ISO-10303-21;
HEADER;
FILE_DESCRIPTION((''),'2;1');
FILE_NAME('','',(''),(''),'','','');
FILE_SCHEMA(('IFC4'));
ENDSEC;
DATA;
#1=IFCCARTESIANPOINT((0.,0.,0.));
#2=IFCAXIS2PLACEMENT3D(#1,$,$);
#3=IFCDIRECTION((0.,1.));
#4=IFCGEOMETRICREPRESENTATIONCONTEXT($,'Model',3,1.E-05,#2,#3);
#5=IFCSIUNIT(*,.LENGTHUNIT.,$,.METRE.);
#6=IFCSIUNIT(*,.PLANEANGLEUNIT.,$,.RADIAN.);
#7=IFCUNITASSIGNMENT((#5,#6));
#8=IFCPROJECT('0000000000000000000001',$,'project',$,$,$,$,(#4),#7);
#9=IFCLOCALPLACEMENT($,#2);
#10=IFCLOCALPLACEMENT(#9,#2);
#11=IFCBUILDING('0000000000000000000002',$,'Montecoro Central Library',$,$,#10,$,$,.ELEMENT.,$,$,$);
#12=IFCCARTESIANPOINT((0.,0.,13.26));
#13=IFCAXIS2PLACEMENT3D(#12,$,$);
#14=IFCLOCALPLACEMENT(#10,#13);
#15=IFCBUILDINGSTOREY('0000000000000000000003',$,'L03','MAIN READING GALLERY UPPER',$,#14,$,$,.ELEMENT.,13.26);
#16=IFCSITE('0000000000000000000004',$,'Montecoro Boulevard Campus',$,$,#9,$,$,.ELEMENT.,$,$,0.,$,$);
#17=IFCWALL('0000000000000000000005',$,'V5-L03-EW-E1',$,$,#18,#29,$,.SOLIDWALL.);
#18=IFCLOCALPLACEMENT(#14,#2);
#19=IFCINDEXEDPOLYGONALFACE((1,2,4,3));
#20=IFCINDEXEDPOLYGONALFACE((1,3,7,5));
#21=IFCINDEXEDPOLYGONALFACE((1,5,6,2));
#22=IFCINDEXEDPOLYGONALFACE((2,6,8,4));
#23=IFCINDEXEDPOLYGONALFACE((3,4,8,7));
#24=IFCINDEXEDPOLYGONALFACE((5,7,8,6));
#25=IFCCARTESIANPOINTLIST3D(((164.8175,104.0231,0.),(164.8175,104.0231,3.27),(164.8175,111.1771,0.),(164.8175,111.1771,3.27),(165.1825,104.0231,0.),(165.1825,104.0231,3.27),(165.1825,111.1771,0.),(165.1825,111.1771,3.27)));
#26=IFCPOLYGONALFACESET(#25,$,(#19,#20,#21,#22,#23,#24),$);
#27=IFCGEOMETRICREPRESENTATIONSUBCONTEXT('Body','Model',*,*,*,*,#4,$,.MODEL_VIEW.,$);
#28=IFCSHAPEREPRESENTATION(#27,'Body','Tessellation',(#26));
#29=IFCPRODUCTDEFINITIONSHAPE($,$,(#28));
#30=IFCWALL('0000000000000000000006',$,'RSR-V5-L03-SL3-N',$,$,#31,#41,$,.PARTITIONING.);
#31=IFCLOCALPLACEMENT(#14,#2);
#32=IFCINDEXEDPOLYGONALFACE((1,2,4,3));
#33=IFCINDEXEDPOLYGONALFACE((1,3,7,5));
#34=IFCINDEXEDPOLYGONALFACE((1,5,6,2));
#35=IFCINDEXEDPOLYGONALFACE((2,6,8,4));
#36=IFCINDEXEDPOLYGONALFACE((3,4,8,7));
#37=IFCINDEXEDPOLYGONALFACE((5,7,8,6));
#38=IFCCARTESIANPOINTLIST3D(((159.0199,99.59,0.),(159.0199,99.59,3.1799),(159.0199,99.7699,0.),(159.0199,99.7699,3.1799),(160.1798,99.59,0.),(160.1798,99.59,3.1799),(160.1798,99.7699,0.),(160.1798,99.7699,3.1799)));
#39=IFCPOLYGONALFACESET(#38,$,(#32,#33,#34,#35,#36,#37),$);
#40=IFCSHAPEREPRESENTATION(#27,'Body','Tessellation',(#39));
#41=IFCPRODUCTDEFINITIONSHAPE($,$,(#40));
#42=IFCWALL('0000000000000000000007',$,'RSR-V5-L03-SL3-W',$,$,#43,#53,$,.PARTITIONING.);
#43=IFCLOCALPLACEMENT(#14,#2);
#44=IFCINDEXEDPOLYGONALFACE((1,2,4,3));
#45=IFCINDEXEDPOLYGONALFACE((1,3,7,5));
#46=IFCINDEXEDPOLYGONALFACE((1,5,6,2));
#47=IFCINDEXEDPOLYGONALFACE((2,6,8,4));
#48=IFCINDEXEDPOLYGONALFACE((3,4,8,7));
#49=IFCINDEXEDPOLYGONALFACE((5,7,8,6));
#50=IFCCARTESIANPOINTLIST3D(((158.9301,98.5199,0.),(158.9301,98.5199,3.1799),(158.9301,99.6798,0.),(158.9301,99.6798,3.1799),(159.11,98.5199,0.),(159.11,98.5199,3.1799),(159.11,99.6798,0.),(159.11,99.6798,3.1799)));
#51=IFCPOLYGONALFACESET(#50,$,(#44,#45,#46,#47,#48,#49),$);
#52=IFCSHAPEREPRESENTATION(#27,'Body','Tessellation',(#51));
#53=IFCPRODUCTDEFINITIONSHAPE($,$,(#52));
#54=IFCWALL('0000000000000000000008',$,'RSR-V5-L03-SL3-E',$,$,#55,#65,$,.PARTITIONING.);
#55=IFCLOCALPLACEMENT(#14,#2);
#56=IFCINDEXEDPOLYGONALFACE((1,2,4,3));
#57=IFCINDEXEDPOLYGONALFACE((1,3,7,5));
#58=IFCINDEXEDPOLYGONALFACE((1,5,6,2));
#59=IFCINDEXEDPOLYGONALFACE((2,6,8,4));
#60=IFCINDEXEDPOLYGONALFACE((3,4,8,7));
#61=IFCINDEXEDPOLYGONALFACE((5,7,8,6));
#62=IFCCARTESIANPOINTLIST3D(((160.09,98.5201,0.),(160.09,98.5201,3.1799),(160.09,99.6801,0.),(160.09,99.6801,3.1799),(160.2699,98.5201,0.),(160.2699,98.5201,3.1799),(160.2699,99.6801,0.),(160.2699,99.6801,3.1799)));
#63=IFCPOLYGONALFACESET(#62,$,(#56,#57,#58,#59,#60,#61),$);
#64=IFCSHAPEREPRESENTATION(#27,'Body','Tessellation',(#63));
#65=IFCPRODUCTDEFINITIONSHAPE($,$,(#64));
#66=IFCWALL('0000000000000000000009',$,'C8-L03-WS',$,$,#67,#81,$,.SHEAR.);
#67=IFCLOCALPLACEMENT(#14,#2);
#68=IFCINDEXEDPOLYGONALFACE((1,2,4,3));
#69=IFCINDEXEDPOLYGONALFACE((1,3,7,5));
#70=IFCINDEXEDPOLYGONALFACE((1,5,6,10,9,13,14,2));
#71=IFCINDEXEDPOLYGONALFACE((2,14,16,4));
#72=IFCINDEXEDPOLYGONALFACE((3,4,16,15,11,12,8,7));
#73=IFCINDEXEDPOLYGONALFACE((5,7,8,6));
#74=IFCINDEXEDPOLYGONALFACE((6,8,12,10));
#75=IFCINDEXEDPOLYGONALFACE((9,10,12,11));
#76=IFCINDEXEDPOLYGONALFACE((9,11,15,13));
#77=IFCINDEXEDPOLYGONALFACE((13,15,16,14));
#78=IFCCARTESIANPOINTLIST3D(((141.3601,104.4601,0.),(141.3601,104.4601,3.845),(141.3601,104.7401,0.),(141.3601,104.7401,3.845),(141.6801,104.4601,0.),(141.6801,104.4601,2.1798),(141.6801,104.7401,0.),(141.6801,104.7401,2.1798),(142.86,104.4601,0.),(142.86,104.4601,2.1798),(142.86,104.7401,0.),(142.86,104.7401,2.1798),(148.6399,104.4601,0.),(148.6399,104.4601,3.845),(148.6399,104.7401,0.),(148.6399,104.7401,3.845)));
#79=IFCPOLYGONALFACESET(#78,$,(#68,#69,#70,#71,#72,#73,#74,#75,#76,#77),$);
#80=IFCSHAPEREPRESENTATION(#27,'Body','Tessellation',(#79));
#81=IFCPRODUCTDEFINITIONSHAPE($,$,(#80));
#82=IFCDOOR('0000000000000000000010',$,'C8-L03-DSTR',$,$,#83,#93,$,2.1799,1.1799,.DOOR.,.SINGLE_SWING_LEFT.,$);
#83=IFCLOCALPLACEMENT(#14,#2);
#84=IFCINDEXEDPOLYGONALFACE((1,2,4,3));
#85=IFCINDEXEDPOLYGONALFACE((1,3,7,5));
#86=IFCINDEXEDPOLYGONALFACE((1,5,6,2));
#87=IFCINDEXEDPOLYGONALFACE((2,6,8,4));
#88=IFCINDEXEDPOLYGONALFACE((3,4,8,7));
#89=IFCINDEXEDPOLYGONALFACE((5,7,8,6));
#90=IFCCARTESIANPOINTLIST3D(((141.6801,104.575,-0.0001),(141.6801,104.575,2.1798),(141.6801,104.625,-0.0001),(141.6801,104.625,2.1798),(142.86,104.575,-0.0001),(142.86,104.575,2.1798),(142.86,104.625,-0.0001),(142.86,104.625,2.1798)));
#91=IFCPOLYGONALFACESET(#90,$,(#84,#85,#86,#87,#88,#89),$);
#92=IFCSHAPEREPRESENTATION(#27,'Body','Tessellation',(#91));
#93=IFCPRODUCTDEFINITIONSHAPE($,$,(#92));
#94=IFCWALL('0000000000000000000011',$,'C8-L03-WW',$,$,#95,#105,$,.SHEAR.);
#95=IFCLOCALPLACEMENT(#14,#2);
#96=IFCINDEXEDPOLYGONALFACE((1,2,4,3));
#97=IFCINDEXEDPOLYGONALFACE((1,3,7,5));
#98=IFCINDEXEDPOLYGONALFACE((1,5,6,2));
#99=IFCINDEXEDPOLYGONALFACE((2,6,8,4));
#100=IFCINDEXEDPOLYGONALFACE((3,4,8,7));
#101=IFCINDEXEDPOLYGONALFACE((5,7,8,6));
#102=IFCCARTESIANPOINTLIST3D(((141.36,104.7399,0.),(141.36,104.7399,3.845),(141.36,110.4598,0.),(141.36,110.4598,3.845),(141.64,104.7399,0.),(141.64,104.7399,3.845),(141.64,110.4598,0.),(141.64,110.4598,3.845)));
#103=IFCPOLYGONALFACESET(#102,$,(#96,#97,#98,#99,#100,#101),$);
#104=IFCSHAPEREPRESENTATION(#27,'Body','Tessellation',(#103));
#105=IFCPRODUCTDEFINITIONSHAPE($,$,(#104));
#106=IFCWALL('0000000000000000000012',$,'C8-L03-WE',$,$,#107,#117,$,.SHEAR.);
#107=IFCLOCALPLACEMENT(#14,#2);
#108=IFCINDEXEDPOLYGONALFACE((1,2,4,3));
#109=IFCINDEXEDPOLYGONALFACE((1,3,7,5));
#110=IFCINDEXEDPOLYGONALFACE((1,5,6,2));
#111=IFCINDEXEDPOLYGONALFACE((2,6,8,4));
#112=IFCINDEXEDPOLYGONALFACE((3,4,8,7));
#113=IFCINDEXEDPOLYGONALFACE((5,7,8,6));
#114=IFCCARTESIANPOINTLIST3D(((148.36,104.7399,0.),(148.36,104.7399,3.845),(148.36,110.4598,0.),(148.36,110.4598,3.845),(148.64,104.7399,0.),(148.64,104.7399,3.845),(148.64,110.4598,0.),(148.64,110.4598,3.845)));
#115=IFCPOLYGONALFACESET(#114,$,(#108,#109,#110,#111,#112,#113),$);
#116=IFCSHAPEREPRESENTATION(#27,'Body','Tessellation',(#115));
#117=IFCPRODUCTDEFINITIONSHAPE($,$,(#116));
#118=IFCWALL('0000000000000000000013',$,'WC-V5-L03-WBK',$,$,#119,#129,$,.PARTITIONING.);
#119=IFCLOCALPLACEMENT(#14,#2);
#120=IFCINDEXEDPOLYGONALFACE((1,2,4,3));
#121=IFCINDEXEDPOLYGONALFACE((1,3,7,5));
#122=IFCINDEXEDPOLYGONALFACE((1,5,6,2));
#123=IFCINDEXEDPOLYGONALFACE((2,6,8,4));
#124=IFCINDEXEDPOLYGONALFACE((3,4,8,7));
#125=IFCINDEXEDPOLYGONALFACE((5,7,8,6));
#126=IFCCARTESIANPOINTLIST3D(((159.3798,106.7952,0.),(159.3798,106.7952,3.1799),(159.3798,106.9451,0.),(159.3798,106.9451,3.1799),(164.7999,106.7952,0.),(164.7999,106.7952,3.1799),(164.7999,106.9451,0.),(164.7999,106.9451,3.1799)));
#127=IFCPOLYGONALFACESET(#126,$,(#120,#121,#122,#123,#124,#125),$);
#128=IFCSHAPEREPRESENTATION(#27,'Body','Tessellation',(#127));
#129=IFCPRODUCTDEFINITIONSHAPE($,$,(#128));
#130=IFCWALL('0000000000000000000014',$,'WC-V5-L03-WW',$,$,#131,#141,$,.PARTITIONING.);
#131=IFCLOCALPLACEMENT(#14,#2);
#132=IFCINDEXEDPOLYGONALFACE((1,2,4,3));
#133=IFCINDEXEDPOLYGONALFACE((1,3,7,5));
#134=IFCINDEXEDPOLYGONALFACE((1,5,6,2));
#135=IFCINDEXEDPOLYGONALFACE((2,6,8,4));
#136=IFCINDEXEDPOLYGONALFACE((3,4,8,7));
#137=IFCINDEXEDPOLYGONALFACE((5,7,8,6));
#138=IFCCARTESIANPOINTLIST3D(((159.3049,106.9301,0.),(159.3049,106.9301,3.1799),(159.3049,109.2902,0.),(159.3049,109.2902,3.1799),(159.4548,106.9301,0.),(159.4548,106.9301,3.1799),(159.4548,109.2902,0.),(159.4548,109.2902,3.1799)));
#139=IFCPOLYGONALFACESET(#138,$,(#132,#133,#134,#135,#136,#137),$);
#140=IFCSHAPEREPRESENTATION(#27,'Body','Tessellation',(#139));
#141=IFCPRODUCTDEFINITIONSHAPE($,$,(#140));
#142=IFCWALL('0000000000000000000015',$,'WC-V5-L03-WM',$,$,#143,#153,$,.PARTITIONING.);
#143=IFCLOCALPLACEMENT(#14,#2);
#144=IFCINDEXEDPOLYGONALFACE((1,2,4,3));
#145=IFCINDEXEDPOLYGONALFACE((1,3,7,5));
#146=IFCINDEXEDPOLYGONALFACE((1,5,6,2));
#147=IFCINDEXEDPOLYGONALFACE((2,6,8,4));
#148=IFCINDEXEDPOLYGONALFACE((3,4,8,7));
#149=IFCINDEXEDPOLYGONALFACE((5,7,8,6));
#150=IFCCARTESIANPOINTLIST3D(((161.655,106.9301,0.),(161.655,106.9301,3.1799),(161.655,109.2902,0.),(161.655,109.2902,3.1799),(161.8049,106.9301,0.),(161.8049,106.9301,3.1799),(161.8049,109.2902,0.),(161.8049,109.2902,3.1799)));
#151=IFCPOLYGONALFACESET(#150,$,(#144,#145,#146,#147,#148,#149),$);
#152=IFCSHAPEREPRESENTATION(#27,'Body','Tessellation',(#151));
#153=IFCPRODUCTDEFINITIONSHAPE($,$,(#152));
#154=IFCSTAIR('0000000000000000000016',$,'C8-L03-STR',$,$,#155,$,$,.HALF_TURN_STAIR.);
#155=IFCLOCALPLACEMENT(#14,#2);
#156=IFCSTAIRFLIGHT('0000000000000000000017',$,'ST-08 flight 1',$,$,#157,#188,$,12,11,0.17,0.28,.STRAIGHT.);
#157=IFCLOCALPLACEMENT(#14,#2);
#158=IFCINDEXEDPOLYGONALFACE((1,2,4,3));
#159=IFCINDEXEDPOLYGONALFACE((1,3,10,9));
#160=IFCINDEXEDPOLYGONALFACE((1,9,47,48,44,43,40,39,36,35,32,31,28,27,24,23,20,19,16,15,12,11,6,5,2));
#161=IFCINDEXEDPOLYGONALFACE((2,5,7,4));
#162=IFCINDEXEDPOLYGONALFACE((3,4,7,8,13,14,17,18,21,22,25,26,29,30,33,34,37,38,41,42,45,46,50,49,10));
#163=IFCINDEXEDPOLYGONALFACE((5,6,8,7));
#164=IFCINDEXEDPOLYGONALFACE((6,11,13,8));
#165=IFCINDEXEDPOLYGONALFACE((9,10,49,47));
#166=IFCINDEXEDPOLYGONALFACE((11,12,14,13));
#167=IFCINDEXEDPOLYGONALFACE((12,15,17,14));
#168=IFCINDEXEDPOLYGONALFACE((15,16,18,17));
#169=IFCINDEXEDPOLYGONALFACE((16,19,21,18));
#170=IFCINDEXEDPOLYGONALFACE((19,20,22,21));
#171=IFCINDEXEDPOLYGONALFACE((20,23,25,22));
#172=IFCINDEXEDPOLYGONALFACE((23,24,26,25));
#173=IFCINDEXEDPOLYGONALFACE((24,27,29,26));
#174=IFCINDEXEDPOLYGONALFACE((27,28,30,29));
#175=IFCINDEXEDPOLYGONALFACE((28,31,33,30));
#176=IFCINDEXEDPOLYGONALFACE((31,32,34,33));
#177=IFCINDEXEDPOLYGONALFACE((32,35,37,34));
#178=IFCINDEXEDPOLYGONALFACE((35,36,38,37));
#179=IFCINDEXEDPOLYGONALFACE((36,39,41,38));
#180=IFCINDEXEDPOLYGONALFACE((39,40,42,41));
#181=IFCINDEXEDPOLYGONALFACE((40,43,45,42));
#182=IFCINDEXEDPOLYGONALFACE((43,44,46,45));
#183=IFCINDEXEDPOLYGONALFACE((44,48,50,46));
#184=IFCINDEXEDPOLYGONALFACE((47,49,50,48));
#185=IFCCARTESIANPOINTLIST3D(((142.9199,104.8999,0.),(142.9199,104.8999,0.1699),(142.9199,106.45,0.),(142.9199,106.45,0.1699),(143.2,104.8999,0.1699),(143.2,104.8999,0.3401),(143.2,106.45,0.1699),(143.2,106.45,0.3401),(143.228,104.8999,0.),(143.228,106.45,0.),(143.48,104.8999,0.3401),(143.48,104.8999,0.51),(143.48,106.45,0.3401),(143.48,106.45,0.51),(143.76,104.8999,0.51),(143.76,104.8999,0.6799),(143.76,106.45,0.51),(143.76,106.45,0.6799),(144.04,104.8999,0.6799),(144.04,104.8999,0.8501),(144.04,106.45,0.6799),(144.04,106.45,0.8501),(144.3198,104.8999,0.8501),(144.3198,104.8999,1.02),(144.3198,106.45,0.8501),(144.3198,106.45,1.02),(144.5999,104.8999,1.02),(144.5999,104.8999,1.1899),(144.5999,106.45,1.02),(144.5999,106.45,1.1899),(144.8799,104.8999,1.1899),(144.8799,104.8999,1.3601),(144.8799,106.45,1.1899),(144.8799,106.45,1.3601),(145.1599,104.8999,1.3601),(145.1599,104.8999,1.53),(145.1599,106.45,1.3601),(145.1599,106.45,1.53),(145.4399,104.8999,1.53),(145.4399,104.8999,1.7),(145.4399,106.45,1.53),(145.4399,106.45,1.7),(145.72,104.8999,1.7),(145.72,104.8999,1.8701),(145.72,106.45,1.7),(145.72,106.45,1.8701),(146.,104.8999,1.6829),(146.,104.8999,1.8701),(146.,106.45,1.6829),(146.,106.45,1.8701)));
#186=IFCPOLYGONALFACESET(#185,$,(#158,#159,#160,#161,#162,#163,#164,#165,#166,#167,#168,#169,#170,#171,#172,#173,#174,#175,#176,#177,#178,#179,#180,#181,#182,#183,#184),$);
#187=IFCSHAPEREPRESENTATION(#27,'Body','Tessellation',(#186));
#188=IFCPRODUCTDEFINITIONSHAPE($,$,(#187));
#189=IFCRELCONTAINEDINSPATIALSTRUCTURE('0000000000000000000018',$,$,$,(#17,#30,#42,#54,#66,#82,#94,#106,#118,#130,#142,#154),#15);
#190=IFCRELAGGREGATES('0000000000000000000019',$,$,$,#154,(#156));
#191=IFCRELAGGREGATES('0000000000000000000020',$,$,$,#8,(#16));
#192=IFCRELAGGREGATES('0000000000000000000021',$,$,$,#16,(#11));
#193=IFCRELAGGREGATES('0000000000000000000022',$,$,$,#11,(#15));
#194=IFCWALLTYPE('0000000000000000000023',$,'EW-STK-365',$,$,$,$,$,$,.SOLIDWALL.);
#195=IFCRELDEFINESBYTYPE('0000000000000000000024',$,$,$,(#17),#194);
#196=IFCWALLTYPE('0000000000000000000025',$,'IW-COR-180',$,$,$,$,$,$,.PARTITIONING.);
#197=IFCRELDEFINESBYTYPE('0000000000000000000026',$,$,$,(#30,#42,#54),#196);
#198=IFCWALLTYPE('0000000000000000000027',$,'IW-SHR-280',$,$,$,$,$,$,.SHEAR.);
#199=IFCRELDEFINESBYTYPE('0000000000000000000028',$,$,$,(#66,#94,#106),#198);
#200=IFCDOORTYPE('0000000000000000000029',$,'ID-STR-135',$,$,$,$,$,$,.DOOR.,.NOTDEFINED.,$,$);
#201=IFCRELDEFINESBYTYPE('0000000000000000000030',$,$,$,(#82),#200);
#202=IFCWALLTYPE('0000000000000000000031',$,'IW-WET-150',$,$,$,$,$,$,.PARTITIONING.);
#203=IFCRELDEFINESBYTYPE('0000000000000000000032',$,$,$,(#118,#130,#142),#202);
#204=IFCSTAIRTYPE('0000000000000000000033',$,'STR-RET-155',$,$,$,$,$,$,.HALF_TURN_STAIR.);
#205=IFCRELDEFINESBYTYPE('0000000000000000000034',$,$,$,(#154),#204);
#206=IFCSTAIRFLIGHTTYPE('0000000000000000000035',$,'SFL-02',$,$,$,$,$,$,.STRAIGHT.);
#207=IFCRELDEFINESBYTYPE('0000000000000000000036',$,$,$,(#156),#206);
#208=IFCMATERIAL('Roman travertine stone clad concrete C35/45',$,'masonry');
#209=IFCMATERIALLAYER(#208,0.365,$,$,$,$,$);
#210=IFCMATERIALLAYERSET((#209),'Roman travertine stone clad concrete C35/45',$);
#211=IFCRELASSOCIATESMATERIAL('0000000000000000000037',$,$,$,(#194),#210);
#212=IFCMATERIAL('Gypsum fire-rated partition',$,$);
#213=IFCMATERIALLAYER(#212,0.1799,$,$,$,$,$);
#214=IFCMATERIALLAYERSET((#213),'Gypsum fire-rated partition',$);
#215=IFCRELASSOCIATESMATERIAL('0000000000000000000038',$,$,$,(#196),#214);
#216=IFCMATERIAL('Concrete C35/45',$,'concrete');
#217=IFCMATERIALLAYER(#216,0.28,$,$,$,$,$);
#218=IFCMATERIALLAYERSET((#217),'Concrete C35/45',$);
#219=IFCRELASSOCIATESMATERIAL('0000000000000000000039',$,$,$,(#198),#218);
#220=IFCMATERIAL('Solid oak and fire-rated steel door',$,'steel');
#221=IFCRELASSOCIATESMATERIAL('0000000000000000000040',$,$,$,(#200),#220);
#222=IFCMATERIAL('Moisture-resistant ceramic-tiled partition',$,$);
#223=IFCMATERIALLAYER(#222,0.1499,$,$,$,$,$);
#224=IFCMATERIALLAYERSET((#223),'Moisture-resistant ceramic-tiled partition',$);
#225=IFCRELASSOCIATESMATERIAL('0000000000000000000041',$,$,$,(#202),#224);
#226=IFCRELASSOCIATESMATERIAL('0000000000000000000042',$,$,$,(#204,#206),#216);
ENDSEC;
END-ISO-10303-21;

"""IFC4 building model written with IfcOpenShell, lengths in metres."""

from ifc_helpers import new_model, si_unit, direction, frame, frame_2d, origin, place, context, subcontext, project, spatial, polyline, rectangle, outline, extrude, material, layer, layer_set, type_object, element, fill, aggregate, save


model = new_model("IFC4")

# Units and contexts
model_context = context("Model", 3, precision=1e-05, world=origin(), true_north=direction((0.0, 1.0)))
body_context = subcontext(model_context, "Body", "Model", "MODEL_VIEW")
ifc_project = project(units=[si_unit("LENGTHUNIT", "METRE"), si_unit("PLANEANGLEUNIT", "RADIAN")], contexts=[model_context])

# Site, building, storey
site_placement = place(None, origin())
site = spatial("IfcSite", under=ifc_project, at=site_placement, Name="Montecoro Boulevard Campus", CompositionType="ELEMENT", RefElevation=0.0)
building_placement = place(site_placement, origin())
building = spatial("IfcBuilding", under=site, at=building_placement, Name="Montecoro Central Library", CompositionType="ELEMENT")
storey_placement = place(building_placement, frame((0.0, 0.0, 13.26)))
storey = spatial("IfcBuildingStorey", under=building, at=storey_placement, Name="L03", Description="MAIN READING GALLERY UPPER", CompositionType="ELEMENT", Elevation=13.26)

# Shared definitions
ifc_material_1 = material(Name="Concrete C35/45", Category="concrete")

# Walls
ifc_material_2 = material(Name="Roman travertine stone clad concrete C35/45", Category="masonry")
ifc_layer_1 = layer(ifc_material_2, 0.365)
ifc_layer_set_1 = layer_set([ifc_layer_1], Name="Roman travertine stone clad concrete C35/45")
wall_type_1 = type_object("IfcWallType", Name="EW-STK-365", PredefinedType="SOLIDWALL", material=ifc_layer_set_1)
wall_1_placement = place(storey_placement, frame((165.0, 104.0229, 0.0), z_axis=(0.0, 0.0, 1.0), x_axis=(0.0, 1.0, 0.0)))
element("IfcWall", 1, at=wall_1_placement, inside=storey, type_object=wall_type_1, Name="V5-L03-EW-E1", PredefinedType="SOLIDWALL", context=body_context, shape_type="SweptSolid", body=[
    extrude(rectangle(XDim=7.1541, YDim=0.365, at=frame_2d((3.5771, 0.0))), origin(), (0.0, 0.0, 1.0), 3.27),
])
ifc_material_3 = material(Name="Gypsum fire-rated partition")
ifc_layer_2 = layer(ifc_material_3, 0.1799)
ifc_layer_set_2 = layer_set([ifc_layer_2], Name="Gypsum fire-rated partition")
wall_type_2 = type_object("IfcWallType", Name="IW-COR-180", PredefinedType="PARTITIONING", material=ifc_layer_set_2)
for number, where, z_axis, x_axis, name in (
    (2, (160.1799, 99.6799, 0.0), (0.0, 0.0, 1.0), (-1.0, 0.0, 0.0), "RSR-V5-L03-SL3-N"),
    (3, (159.02, 99.6799, 0.0), (0.0, 0.0, 1.0), (0.0, -1.0, 0.0), "RSR-V5-L03-SL3-W"),
    (4, (160.1799, 98.52, 0.0), (0.0, 0.0, 1.0), (0.0, 1.0, 0.0), "RSR-V5-L03-SL3-E"),
):
    element("IfcWall", number, at=place(storey_placement, frame(where, z_axis=z_axis, x_axis=x_axis)), inside=storey, type_object=wall_type_2, Name=name, PredefinedType="PARTITIONING", context=body_context, shape_type="SweptSolid", body=[
        extrude(rectangle(XDim=1.1599, YDim=0.1799, at=frame_2d((0.5801, 0.0))), origin(), (0.0, 0.0, 1.0), 3.1799),
    ])

# Wall, opening, door
ifc_layer_3 = layer(ifc_material_1, 0.28)
ifc_layer_set_3 = layer_set([ifc_layer_3], Name="Concrete C35/45")
wall_type_3 = type_object("IfcWallType", Name="IW-SHR-280", PredefinedType="SHEAR", material=ifc_layer_set_3)
wall_2_placement = place(storey_placement, frame((141.3601, 104.6001, 0.0), z_axis=(0.0, 0.0, 1.0), x_axis=(1.0, 0.0, 0.0)))
wall_2 = element("IfcWall", 5, at=wall_2_placement, inside=storey, type_object=wall_type_3, Name="C8-L03-WS", PredefinedType="SHEAR", context=body_context, shape_type="SweptSolid", body=[
    extrude(rectangle(XDim=7.2798, YDim=0.28, at=frame_2d((3.6399, 0.0))), origin(), (0.0, 0.0, 1.0), 3.845),
])
opening_placement = place(wall_2_placement, frame((0.3201, 0.0, 0.0)))
opening = element("IfcOpeningElement", 6, at=opening_placement, cuts=wall_2, PredefinedType="OPENING", context=body_context, shape_type="SweptSolid", body=[
    extrude(rectangle(XDim=1.1799, YDim=2.1799, at=frame_2d((0.5898, 1.0898))), frame((0.0, 0.1499, 0.0), z_axis=(0.0, -1.0, 0.0), x_axis=(1.0, 0.0, 0.0)), (0.0, 0.0, 1.0), 0.3),
])
ifc_material_4 = material(Name="Solid oak and fire-rated steel door", Category="steel")
door_type = type_object("IfcDoorType", Name="ID-STR-135", OperationType="NOTDEFINED", PredefinedType="DOOR", material=ifc_material_4)
door_placement = place(opening_placement, origin())
door = element("IfcDoor", 7, at=door_placement, inside=storey, type_object=door_type, Name="C8-L03-DSTR", OperationType="SINGLE_SWING_LEFT", OverallHeight=2.1799, OverallWidth=1.1799, PredefinedType="DOOR", context=body_context, shape_type="SweptSolid", body=[
    extrude(rectangle(XDim=1.1799, YDim=2.1799, at=frame_2d((0.5898, 1.0898))), frame((0.0, 0.0249, 0.0), z_axis=(0.0, -1.0, 0.0), x_axis=(1.0, 0.0, 0.0)), (0.0, 0.0, 1.0), 0.05),
])
fill(opening, door)

# Walls
for number, where, z_axis, x_axis, name in (
    (8, (141.5, 104.74, 0.0), (0.0, 0.0, 1.0), (0.0, 1.0, 0.0), "C8-L03-WW"),
    (9, (148.5, 104.74, 0.0), (0.0, 0.0, 1.0), (0.0, 1.0, 0.0), "C8-L03-WE"),
):
    element("IfcWall", number, at=place(storey_placement, frame(where, z_axis=z_axis, x_axis=x_axis)), inside=storey, type_object=wall_type_3, Name=name, PredefinedType="SHEAR", context=body_context, shape_type="SweptSolid", body=[
        extrude(rectangle(XDim=5.72, YDim=0.28, at=frame_2d((2.8599, 0.0))), origin(), (0.0, 0.0, 1.0), 3.845),
    ])
ifc_material_5 = material(Name="Moisture-resistant ceramic-tiled partition")
ifc_layer_4 = layer(ifc_material_5, 0.1499)
ifc_layer_set_4 = layer_set([ifc_layer_4], Name="Moisture-resistant ceramic-tiled partition")
wall_type_4 = type_object("IfcWallType", Name="IW-WET-150", PredefinedType="PARTITIONING", material=ifc_layer_set_4)
wall_3_placement = place(storey_placement, frame((159.3799, 106.8701, 0.0), z_axis=(0.0, 0.0, 1.0), x_axis=(1.0, 0.0, 0.0)))
element("IfcWall", 10, at=wall_3_placement, inside=storey, type_object=wall_type_4, Name="WC-V5-L03-WBK", PredefinedType="PARTITIONING", context=body_context, shape_type="SweptSolid", body=[
    extrude(rectangle(XDim=5.4202, YDim=0.1499, at=frame_2d((2.71, 0.0))), origin(), (0.0, 0.0, 1.0), 3.1799),
])
for number, where, z_axis, x_axis, name in (
    (11, (159.3799, 106.9299, 0.0), (0.0, 0.0, 1.0), (0.0, 1.0, 0.0), "WC-V5-L03-WW"),
    (12, (161.73, 106.9299, 0.0), (0.0, 0.0, 1.0), (0.0, 1.0, 0.0), "WC-V5-L03-WM"),
):
    element("IfcWall", number, at=place(storey_placement, frame(where, z_axis=z_axis, x_axis=x_axis)), inside=storey, type_object=wall_type_4, Name=name, PredefinedType="PARTITIONING", context=body_context, shape_type="SweptSolid", body=[
        extrude(rectangle(XDim=2.3601, YDim=0.1499, at=frame_2d((1.1802, 0.0))), origin(), (0.0, 0.0, 1.0), 3.1799),
    ])

# Stair, stair flight
stair_type = type_object("IfcStairType", Name="STR-RET-155", PredefinedType="HALF_TURN_STAIR", material=ifc_material_1)
stair_placement = place(storey_placement, origin())
stair = element("IfcStair", 13, at=stair_placement, inside=storey, type_object=stair_type, Name="C8-L03-STR", PredefinedType="HALF_TURN_STAIR")
stair_flight_type = type_object("IfcStairFlightType", Name="SFL-02", PredefinedType="STRAIGHT", material=ifc_material_1)
stair_flight_placement = place(storey_placement, frame((142.9199, 105.675, 0.0), z_axis=(0.0, 0.0, 1.0), x_axis=(1.0, 0.0, 0.0)))
stair_flight = element("IfcStairFlight", 14, at=stair_flight_placement, type_object=stair_flight_type, Name="ST-08 flight 1", NumberOfRisers=12, NumberOfTreads=11, PredefinedType="STRAIGHT", RiserHeight=0.17, TreadLength=0.28, context=body_context, shape_type="SweptSolid", body=[
    extrude(outline(polyline([(0.0, 0.0), (0.0, 0.1699), (0.28, 0.1699), (0.28, 0.3401), (0.5601, 0.3401), (0.5601, 0.51), (0.8401, 0.51), (0.8401, 0.6799), (1.1201, 0.6799), (1.1201, 0.8501), (1.3999, 0.8501), (1.3999, 1.02), (1.6799, 1.02), (1.6799, 1.1899), (1.96, 1.1899), (1.96, 1.3601), (2.24, 1.3601), (2.24, 1.53), (2.52, 1.53), (2.52, 1.7), (2.8, 1.7), (2.8, 1.8701), (3.0801, 1.8701), (3.0801, 2.04), (3.0801, 1.6829), (0.3081, 0.0), (0.0, 0.0)])), frame((0.0, 0.7749, 0.0), z_axis=(0.0, -1.0, 0.0), x_axis=(1.0, 0.0, 0.0)), (0.0, 0.0, 1.0), 1.55),
])
aggregate(stair, [stair_flight])

save(model, "model.ifc")
